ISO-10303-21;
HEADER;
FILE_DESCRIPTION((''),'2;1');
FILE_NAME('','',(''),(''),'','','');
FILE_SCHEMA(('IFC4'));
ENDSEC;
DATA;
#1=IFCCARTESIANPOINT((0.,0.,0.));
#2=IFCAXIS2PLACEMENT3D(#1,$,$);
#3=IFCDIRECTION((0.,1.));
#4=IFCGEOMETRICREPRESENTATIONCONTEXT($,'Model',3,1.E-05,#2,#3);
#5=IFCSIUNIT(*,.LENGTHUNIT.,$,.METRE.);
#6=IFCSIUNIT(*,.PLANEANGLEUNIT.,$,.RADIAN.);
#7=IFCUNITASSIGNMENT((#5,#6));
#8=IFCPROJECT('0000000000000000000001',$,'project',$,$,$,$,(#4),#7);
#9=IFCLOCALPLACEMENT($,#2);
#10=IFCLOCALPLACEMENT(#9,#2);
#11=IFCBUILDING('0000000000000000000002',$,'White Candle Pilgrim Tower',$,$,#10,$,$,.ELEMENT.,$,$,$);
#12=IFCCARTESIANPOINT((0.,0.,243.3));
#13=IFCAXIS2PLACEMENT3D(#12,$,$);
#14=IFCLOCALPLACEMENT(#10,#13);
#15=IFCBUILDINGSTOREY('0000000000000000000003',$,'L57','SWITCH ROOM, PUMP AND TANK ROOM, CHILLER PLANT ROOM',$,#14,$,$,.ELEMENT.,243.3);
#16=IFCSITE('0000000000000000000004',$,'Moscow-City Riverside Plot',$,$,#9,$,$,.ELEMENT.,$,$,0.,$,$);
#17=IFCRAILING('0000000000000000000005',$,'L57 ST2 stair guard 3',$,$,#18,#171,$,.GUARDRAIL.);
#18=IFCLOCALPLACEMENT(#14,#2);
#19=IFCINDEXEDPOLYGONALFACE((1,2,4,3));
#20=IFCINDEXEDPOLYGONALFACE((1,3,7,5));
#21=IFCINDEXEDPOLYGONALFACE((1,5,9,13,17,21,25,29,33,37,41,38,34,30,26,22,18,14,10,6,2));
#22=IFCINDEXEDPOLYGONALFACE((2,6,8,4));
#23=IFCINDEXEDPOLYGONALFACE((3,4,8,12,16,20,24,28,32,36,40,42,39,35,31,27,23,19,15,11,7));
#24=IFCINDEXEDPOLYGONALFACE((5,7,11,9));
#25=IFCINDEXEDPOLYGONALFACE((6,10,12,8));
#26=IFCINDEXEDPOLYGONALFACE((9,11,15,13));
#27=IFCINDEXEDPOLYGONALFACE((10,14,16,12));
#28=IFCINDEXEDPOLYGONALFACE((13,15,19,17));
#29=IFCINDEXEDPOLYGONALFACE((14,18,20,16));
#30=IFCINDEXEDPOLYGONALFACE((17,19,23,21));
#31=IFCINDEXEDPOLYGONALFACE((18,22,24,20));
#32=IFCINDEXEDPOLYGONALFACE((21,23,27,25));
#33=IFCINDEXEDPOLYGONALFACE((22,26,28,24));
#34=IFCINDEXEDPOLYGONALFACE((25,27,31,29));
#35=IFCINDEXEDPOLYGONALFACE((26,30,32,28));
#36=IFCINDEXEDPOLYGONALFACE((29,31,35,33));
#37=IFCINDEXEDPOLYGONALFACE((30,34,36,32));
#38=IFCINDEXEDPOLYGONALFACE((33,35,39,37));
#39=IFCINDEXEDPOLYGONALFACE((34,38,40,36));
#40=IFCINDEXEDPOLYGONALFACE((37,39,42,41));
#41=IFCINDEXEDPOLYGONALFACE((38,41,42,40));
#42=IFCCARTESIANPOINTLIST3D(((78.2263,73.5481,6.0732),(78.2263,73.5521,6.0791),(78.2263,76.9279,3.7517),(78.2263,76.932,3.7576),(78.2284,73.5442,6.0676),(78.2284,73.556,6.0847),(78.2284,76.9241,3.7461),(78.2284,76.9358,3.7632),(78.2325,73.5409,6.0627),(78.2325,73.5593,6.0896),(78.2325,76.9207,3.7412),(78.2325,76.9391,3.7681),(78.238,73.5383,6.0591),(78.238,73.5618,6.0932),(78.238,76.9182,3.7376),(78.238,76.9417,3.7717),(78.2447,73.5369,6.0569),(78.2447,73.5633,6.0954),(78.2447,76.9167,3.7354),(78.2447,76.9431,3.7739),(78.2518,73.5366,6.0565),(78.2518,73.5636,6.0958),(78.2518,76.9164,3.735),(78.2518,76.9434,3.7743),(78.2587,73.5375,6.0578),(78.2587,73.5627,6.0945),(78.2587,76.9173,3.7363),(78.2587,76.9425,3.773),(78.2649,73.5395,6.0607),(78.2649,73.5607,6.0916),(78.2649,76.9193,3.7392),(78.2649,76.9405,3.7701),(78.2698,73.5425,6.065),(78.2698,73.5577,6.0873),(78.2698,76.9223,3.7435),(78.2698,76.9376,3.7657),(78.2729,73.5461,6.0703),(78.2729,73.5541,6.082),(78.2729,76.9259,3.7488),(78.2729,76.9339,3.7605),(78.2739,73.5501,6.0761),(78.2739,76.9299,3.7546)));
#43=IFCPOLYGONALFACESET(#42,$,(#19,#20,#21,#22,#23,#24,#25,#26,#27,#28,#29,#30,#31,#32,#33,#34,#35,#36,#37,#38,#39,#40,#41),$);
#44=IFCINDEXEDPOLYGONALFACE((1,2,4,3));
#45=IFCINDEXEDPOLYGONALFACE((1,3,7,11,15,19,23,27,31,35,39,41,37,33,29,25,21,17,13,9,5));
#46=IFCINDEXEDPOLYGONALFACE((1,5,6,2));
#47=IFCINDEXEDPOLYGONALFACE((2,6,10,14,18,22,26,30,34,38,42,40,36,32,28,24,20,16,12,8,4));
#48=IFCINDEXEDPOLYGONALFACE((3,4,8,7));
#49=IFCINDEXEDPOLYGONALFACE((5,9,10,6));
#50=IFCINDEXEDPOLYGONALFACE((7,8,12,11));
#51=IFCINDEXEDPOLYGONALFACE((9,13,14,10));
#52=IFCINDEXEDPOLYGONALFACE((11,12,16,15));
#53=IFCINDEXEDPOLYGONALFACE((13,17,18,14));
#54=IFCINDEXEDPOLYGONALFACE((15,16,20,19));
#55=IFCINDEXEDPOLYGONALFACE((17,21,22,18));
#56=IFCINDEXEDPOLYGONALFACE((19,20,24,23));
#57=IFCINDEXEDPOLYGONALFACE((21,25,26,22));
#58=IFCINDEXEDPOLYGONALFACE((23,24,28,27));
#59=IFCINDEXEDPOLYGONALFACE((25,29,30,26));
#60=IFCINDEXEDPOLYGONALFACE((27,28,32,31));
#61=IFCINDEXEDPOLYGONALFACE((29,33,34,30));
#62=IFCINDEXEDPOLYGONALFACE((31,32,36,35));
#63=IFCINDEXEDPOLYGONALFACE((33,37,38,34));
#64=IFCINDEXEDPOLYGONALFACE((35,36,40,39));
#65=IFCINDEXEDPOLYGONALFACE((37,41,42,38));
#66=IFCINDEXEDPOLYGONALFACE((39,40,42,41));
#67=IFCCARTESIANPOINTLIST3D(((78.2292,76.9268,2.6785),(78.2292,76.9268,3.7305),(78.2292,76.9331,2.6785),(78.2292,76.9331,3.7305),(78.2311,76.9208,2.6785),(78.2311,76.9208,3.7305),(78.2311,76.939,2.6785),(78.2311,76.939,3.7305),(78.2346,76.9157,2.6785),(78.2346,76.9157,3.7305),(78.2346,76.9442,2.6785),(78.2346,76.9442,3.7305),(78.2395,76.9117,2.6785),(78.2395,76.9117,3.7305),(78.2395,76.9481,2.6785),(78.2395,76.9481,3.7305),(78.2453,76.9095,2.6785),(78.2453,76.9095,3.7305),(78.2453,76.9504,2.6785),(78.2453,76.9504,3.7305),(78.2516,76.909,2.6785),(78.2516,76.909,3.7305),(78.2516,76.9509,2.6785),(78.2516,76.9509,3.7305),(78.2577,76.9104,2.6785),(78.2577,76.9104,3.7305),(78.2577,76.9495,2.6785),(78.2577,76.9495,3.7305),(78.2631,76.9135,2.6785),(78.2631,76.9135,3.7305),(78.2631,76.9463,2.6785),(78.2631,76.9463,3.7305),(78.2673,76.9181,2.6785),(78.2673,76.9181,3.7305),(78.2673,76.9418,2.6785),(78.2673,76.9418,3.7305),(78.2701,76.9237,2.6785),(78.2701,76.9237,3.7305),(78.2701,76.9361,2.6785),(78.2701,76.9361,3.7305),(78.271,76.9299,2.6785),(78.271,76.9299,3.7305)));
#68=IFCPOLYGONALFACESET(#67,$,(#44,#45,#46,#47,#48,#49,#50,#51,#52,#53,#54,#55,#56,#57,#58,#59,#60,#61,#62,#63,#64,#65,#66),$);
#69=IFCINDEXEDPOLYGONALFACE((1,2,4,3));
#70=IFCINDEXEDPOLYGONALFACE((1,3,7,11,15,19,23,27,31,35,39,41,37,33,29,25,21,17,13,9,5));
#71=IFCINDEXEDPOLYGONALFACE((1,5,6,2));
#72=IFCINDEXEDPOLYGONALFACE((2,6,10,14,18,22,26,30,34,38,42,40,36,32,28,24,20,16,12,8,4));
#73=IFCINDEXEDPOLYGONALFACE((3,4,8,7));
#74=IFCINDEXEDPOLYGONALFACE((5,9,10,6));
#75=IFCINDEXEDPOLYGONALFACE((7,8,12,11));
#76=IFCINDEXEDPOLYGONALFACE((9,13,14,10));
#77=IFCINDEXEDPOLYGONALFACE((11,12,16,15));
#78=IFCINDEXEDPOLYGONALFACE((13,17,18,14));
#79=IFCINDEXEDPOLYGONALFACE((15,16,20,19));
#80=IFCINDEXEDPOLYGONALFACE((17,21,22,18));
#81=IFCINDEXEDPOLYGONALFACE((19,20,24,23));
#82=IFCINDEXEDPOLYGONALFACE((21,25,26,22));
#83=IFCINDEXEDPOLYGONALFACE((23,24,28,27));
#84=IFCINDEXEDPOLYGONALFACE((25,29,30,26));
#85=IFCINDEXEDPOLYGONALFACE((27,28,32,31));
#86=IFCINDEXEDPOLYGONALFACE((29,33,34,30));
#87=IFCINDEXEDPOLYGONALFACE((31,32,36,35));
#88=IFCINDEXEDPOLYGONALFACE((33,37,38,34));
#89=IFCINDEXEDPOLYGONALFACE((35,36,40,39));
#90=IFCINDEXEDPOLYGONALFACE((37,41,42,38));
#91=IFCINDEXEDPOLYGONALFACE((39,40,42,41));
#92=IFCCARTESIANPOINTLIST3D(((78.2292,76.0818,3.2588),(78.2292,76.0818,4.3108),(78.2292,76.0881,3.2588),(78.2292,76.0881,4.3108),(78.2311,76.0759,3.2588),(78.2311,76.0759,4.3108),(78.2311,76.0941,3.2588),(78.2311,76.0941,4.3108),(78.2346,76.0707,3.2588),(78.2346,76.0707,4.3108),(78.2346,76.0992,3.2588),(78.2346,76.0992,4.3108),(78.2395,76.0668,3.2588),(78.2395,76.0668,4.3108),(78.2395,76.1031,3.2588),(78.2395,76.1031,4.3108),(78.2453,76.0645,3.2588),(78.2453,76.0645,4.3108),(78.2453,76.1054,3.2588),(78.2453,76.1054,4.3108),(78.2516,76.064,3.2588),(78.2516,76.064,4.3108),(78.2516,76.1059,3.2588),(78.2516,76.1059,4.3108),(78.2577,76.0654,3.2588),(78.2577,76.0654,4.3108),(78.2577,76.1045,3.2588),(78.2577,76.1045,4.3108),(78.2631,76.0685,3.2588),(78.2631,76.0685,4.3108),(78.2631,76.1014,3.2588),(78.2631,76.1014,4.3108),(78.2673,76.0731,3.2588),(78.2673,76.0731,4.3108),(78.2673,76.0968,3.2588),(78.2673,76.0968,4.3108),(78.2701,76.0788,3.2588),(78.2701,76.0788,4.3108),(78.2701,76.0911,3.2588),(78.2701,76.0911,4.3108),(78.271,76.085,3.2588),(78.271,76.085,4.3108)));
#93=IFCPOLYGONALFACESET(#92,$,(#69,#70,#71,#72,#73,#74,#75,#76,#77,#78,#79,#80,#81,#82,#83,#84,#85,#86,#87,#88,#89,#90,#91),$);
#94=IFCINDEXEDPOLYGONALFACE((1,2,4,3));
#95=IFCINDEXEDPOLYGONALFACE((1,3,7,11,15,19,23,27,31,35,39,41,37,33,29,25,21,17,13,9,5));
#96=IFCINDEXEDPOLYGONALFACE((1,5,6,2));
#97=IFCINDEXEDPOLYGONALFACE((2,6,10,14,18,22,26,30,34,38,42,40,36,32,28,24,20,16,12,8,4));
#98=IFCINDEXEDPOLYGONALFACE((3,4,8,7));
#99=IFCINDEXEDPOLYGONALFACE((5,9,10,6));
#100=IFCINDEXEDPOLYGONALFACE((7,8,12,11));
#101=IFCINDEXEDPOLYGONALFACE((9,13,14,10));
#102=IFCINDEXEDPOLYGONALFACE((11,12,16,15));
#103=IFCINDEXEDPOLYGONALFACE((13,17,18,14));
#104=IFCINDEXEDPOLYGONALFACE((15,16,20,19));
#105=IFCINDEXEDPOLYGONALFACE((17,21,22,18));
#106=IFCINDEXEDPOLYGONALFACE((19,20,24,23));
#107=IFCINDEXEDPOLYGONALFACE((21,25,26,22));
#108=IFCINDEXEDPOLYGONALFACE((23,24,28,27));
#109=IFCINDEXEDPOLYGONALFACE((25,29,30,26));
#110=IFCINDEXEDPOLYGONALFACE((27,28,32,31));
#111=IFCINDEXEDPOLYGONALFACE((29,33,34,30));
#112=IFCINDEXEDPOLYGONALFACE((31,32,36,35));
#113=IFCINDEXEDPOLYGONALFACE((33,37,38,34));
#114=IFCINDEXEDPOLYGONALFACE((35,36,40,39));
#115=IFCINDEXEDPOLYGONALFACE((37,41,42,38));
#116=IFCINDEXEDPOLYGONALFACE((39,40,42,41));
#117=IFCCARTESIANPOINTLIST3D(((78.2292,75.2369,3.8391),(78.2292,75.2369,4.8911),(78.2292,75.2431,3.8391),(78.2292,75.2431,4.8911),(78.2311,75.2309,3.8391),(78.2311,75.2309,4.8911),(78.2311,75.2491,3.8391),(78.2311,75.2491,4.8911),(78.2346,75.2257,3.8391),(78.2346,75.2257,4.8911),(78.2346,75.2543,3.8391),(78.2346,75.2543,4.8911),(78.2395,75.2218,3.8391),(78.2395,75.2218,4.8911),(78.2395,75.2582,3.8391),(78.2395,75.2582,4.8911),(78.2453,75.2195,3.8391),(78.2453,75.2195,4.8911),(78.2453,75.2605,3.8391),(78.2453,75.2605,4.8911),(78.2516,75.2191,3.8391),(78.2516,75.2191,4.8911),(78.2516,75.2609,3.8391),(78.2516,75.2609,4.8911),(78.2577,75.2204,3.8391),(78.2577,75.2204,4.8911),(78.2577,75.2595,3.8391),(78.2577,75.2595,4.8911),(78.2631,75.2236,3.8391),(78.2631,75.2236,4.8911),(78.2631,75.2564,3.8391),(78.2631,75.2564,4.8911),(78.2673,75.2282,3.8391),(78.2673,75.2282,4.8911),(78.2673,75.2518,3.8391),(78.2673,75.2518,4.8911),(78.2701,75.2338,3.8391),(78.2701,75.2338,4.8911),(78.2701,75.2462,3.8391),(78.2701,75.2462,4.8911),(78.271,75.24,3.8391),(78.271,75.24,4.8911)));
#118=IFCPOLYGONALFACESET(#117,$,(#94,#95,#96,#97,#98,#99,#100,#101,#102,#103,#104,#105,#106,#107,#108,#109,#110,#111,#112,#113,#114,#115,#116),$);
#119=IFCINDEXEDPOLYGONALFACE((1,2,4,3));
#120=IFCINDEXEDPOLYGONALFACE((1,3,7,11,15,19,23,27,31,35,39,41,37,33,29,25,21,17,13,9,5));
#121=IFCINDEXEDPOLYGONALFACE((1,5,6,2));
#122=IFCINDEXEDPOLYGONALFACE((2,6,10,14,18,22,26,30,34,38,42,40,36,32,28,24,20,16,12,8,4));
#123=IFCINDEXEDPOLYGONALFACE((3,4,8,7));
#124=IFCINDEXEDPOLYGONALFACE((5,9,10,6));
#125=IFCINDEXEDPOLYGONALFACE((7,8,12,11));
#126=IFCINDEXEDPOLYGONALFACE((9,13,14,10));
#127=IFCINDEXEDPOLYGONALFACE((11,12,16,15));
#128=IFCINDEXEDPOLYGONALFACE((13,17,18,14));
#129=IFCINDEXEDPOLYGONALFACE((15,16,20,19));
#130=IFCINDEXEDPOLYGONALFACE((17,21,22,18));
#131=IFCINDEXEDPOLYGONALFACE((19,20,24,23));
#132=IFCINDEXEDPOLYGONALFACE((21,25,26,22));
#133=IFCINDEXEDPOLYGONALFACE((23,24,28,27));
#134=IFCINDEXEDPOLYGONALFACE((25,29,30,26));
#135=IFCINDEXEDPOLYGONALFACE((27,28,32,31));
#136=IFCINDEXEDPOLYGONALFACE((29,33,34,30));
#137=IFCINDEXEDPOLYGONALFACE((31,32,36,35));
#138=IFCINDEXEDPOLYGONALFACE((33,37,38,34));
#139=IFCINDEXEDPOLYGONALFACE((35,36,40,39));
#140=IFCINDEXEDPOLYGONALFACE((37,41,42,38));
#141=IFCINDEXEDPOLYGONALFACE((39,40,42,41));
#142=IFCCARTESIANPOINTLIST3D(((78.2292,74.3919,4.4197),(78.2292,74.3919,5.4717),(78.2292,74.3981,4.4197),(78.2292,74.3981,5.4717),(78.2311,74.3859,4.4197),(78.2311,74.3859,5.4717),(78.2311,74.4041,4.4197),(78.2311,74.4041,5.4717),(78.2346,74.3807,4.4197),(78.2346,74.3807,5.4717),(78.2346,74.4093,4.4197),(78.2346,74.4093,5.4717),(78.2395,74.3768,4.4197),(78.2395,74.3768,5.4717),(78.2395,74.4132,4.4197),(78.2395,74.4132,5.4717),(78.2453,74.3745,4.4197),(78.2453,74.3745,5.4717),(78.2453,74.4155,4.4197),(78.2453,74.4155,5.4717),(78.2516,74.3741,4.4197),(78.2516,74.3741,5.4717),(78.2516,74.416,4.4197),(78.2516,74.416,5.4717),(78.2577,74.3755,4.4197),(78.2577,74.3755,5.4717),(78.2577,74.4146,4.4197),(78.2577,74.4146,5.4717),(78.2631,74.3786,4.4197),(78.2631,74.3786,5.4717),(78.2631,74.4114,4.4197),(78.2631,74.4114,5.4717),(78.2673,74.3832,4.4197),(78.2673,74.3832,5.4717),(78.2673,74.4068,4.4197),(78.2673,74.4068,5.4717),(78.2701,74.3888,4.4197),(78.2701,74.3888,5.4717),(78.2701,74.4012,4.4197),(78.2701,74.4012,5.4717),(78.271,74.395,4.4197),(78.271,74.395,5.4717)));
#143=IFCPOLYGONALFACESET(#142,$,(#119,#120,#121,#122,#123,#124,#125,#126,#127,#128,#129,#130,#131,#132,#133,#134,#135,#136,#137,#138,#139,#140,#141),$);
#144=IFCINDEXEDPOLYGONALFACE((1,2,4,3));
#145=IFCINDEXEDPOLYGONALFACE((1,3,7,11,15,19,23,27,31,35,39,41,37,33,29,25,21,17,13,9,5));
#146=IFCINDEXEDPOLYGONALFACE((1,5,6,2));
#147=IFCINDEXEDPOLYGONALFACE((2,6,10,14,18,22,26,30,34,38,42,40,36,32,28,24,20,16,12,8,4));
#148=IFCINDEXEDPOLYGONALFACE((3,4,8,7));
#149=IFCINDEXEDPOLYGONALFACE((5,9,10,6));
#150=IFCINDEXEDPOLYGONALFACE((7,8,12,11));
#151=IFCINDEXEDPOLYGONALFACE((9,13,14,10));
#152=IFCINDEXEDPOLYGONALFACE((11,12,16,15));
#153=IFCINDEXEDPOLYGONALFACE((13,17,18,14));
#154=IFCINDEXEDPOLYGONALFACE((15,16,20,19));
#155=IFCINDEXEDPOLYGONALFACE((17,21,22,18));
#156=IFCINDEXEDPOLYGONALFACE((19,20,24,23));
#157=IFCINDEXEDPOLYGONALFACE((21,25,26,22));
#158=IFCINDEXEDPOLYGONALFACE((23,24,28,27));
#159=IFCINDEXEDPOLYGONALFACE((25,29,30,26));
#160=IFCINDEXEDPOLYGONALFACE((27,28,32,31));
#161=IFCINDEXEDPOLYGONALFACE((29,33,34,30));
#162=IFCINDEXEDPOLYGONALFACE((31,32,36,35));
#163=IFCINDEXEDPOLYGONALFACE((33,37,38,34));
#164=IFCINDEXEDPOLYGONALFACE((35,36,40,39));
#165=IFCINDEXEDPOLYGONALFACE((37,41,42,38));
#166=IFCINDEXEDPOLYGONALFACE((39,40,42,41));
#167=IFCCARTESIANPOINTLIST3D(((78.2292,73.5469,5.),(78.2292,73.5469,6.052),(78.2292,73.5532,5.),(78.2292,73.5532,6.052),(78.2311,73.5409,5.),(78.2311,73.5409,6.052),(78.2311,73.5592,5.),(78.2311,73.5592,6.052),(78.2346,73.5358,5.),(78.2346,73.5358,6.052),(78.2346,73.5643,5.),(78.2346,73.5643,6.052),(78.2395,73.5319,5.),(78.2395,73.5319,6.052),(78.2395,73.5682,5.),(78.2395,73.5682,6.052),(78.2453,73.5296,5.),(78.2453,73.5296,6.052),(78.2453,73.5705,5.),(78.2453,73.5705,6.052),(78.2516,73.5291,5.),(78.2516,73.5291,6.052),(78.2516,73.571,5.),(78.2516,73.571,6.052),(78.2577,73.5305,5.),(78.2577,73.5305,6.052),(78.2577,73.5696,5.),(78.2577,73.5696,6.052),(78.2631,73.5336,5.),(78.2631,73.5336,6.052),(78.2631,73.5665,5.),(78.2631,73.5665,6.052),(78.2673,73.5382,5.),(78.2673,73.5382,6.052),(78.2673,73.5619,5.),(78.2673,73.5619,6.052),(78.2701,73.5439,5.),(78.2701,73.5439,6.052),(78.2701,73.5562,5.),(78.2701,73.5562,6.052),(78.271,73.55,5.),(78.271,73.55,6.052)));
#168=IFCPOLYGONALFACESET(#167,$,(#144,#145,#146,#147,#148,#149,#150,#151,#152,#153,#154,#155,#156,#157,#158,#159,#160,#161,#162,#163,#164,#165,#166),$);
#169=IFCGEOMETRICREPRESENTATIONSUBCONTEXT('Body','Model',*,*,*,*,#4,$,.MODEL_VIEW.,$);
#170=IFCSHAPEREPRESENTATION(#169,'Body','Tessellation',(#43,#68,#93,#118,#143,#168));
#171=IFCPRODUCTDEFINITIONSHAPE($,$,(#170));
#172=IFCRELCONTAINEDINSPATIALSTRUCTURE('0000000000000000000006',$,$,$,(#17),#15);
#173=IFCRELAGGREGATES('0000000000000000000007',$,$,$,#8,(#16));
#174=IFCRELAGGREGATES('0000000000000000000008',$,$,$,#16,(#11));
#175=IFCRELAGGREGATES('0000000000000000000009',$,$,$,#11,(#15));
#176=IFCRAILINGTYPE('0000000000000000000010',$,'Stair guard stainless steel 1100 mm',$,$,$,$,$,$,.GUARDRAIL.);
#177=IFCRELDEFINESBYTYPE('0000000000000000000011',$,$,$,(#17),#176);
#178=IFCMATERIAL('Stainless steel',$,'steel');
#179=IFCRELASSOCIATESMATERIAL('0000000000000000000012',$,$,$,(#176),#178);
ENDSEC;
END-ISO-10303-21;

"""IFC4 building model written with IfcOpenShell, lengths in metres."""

from ifc_helpers import new_model, si_unit, direction, frame, origin, origin_2d, place, context, subcontext, project, spatial, circle, extrude, material, type_object, element, save


model = new_model("IFC4")

# Units and contexts
model_context = context("Model", 3, precision=1e-05, world=origin(), true_north=direction((0.0, 1.0)))
body_context = subcontext(model_context, "Body", "Model", "MODEL_VIEW")
ifc_project = project(units=[si_unit("LENGTHUNIT", "METRE"), si_unit("PLANEANGLEUNIT", "RADIAN")], contexts=[model_context])

# Site, building, storey
site_placement = place(None, origin())
site = spatial("IfcSite", under=ifc_project, at=site_placement, Name="Moscow-City Riverside Plot", CompositionType="ELEMENT", RefElevation=0.0)
building_placement = place(site_placement, origin())
building = spatial("IfcBuilding", under=site, at=building_placement, Name="White Candle Pilgrim Tower", CompositionType="ELEMENT")
storey_placement = place(building_placement, frame((0.0, 0.0, 243.3)))
storey = spatial("IfcBuildingStorey", under=building, at=storey_placement, Name="L57", Description="SWITCH ROOM, PUMP AND TANK ROOM, CHILLER PLANT ROOM", CompositionType="ELEMENT", Elevation=243.3)

# Railing
ifc_material_1 = material(Name="Stainless steel", Category="steel")
railing_type_1 = type_object("IfcRailingType", Name="Stair guard stainless steel 1100 mm", PredefinedType="GUARDRAIL", material=ifc_material_1)
railing_1_placement = place(storey_placement, frame((78.25, 76.9299, 2.6785)))
element("IfcRailing", 1, at=railing_1_placement, inside=storey, type_object=railing_type_1, Name="L57 ST2 stair guard 3", PredefinedType="GUARDRAIL", context=body_context, shape_type="SweptSolid", body=[
    extrude(circle(Radius=0.0239, at=origin_2d()), frame((0.0, 0.0, 1.0762), z_axis=(0.0, -0.824285, 0.566175), x_axis=(1.0, 0.0, 0.0)), (0.0, 0.0, 1.0), 4.1003),
    extrude(circle(Radius=0.021, at=origin_2d()), origin(), (0.0, 0.0, 1.0), 1.052),
    extrude(circle(Radius=0.021, at=origin_2d()), frame((0.0, -0.845, 0.5803)), (0.0, 0.0, 1.0), 1.052),
    extrude(circle(Radius=0.021, at=origin_2d()), frame((0.0, -1.6899, 1.1606)), (0.0, 0.0, 1.0), 1.052),
    extrude(circle(Radius=0.021, at=origin_2d()), frame((0.0, -2.5349, 1.7412)), (0.0, 0.0, 1.0), 1.052),
    extrude(circle(Radius=0.021, at=origin_2d()), frame((0.0, -3.3799, 2.3215)), (0.0, 0.0, 1.0), 1.052),
])

save(model, "model.ifc")
